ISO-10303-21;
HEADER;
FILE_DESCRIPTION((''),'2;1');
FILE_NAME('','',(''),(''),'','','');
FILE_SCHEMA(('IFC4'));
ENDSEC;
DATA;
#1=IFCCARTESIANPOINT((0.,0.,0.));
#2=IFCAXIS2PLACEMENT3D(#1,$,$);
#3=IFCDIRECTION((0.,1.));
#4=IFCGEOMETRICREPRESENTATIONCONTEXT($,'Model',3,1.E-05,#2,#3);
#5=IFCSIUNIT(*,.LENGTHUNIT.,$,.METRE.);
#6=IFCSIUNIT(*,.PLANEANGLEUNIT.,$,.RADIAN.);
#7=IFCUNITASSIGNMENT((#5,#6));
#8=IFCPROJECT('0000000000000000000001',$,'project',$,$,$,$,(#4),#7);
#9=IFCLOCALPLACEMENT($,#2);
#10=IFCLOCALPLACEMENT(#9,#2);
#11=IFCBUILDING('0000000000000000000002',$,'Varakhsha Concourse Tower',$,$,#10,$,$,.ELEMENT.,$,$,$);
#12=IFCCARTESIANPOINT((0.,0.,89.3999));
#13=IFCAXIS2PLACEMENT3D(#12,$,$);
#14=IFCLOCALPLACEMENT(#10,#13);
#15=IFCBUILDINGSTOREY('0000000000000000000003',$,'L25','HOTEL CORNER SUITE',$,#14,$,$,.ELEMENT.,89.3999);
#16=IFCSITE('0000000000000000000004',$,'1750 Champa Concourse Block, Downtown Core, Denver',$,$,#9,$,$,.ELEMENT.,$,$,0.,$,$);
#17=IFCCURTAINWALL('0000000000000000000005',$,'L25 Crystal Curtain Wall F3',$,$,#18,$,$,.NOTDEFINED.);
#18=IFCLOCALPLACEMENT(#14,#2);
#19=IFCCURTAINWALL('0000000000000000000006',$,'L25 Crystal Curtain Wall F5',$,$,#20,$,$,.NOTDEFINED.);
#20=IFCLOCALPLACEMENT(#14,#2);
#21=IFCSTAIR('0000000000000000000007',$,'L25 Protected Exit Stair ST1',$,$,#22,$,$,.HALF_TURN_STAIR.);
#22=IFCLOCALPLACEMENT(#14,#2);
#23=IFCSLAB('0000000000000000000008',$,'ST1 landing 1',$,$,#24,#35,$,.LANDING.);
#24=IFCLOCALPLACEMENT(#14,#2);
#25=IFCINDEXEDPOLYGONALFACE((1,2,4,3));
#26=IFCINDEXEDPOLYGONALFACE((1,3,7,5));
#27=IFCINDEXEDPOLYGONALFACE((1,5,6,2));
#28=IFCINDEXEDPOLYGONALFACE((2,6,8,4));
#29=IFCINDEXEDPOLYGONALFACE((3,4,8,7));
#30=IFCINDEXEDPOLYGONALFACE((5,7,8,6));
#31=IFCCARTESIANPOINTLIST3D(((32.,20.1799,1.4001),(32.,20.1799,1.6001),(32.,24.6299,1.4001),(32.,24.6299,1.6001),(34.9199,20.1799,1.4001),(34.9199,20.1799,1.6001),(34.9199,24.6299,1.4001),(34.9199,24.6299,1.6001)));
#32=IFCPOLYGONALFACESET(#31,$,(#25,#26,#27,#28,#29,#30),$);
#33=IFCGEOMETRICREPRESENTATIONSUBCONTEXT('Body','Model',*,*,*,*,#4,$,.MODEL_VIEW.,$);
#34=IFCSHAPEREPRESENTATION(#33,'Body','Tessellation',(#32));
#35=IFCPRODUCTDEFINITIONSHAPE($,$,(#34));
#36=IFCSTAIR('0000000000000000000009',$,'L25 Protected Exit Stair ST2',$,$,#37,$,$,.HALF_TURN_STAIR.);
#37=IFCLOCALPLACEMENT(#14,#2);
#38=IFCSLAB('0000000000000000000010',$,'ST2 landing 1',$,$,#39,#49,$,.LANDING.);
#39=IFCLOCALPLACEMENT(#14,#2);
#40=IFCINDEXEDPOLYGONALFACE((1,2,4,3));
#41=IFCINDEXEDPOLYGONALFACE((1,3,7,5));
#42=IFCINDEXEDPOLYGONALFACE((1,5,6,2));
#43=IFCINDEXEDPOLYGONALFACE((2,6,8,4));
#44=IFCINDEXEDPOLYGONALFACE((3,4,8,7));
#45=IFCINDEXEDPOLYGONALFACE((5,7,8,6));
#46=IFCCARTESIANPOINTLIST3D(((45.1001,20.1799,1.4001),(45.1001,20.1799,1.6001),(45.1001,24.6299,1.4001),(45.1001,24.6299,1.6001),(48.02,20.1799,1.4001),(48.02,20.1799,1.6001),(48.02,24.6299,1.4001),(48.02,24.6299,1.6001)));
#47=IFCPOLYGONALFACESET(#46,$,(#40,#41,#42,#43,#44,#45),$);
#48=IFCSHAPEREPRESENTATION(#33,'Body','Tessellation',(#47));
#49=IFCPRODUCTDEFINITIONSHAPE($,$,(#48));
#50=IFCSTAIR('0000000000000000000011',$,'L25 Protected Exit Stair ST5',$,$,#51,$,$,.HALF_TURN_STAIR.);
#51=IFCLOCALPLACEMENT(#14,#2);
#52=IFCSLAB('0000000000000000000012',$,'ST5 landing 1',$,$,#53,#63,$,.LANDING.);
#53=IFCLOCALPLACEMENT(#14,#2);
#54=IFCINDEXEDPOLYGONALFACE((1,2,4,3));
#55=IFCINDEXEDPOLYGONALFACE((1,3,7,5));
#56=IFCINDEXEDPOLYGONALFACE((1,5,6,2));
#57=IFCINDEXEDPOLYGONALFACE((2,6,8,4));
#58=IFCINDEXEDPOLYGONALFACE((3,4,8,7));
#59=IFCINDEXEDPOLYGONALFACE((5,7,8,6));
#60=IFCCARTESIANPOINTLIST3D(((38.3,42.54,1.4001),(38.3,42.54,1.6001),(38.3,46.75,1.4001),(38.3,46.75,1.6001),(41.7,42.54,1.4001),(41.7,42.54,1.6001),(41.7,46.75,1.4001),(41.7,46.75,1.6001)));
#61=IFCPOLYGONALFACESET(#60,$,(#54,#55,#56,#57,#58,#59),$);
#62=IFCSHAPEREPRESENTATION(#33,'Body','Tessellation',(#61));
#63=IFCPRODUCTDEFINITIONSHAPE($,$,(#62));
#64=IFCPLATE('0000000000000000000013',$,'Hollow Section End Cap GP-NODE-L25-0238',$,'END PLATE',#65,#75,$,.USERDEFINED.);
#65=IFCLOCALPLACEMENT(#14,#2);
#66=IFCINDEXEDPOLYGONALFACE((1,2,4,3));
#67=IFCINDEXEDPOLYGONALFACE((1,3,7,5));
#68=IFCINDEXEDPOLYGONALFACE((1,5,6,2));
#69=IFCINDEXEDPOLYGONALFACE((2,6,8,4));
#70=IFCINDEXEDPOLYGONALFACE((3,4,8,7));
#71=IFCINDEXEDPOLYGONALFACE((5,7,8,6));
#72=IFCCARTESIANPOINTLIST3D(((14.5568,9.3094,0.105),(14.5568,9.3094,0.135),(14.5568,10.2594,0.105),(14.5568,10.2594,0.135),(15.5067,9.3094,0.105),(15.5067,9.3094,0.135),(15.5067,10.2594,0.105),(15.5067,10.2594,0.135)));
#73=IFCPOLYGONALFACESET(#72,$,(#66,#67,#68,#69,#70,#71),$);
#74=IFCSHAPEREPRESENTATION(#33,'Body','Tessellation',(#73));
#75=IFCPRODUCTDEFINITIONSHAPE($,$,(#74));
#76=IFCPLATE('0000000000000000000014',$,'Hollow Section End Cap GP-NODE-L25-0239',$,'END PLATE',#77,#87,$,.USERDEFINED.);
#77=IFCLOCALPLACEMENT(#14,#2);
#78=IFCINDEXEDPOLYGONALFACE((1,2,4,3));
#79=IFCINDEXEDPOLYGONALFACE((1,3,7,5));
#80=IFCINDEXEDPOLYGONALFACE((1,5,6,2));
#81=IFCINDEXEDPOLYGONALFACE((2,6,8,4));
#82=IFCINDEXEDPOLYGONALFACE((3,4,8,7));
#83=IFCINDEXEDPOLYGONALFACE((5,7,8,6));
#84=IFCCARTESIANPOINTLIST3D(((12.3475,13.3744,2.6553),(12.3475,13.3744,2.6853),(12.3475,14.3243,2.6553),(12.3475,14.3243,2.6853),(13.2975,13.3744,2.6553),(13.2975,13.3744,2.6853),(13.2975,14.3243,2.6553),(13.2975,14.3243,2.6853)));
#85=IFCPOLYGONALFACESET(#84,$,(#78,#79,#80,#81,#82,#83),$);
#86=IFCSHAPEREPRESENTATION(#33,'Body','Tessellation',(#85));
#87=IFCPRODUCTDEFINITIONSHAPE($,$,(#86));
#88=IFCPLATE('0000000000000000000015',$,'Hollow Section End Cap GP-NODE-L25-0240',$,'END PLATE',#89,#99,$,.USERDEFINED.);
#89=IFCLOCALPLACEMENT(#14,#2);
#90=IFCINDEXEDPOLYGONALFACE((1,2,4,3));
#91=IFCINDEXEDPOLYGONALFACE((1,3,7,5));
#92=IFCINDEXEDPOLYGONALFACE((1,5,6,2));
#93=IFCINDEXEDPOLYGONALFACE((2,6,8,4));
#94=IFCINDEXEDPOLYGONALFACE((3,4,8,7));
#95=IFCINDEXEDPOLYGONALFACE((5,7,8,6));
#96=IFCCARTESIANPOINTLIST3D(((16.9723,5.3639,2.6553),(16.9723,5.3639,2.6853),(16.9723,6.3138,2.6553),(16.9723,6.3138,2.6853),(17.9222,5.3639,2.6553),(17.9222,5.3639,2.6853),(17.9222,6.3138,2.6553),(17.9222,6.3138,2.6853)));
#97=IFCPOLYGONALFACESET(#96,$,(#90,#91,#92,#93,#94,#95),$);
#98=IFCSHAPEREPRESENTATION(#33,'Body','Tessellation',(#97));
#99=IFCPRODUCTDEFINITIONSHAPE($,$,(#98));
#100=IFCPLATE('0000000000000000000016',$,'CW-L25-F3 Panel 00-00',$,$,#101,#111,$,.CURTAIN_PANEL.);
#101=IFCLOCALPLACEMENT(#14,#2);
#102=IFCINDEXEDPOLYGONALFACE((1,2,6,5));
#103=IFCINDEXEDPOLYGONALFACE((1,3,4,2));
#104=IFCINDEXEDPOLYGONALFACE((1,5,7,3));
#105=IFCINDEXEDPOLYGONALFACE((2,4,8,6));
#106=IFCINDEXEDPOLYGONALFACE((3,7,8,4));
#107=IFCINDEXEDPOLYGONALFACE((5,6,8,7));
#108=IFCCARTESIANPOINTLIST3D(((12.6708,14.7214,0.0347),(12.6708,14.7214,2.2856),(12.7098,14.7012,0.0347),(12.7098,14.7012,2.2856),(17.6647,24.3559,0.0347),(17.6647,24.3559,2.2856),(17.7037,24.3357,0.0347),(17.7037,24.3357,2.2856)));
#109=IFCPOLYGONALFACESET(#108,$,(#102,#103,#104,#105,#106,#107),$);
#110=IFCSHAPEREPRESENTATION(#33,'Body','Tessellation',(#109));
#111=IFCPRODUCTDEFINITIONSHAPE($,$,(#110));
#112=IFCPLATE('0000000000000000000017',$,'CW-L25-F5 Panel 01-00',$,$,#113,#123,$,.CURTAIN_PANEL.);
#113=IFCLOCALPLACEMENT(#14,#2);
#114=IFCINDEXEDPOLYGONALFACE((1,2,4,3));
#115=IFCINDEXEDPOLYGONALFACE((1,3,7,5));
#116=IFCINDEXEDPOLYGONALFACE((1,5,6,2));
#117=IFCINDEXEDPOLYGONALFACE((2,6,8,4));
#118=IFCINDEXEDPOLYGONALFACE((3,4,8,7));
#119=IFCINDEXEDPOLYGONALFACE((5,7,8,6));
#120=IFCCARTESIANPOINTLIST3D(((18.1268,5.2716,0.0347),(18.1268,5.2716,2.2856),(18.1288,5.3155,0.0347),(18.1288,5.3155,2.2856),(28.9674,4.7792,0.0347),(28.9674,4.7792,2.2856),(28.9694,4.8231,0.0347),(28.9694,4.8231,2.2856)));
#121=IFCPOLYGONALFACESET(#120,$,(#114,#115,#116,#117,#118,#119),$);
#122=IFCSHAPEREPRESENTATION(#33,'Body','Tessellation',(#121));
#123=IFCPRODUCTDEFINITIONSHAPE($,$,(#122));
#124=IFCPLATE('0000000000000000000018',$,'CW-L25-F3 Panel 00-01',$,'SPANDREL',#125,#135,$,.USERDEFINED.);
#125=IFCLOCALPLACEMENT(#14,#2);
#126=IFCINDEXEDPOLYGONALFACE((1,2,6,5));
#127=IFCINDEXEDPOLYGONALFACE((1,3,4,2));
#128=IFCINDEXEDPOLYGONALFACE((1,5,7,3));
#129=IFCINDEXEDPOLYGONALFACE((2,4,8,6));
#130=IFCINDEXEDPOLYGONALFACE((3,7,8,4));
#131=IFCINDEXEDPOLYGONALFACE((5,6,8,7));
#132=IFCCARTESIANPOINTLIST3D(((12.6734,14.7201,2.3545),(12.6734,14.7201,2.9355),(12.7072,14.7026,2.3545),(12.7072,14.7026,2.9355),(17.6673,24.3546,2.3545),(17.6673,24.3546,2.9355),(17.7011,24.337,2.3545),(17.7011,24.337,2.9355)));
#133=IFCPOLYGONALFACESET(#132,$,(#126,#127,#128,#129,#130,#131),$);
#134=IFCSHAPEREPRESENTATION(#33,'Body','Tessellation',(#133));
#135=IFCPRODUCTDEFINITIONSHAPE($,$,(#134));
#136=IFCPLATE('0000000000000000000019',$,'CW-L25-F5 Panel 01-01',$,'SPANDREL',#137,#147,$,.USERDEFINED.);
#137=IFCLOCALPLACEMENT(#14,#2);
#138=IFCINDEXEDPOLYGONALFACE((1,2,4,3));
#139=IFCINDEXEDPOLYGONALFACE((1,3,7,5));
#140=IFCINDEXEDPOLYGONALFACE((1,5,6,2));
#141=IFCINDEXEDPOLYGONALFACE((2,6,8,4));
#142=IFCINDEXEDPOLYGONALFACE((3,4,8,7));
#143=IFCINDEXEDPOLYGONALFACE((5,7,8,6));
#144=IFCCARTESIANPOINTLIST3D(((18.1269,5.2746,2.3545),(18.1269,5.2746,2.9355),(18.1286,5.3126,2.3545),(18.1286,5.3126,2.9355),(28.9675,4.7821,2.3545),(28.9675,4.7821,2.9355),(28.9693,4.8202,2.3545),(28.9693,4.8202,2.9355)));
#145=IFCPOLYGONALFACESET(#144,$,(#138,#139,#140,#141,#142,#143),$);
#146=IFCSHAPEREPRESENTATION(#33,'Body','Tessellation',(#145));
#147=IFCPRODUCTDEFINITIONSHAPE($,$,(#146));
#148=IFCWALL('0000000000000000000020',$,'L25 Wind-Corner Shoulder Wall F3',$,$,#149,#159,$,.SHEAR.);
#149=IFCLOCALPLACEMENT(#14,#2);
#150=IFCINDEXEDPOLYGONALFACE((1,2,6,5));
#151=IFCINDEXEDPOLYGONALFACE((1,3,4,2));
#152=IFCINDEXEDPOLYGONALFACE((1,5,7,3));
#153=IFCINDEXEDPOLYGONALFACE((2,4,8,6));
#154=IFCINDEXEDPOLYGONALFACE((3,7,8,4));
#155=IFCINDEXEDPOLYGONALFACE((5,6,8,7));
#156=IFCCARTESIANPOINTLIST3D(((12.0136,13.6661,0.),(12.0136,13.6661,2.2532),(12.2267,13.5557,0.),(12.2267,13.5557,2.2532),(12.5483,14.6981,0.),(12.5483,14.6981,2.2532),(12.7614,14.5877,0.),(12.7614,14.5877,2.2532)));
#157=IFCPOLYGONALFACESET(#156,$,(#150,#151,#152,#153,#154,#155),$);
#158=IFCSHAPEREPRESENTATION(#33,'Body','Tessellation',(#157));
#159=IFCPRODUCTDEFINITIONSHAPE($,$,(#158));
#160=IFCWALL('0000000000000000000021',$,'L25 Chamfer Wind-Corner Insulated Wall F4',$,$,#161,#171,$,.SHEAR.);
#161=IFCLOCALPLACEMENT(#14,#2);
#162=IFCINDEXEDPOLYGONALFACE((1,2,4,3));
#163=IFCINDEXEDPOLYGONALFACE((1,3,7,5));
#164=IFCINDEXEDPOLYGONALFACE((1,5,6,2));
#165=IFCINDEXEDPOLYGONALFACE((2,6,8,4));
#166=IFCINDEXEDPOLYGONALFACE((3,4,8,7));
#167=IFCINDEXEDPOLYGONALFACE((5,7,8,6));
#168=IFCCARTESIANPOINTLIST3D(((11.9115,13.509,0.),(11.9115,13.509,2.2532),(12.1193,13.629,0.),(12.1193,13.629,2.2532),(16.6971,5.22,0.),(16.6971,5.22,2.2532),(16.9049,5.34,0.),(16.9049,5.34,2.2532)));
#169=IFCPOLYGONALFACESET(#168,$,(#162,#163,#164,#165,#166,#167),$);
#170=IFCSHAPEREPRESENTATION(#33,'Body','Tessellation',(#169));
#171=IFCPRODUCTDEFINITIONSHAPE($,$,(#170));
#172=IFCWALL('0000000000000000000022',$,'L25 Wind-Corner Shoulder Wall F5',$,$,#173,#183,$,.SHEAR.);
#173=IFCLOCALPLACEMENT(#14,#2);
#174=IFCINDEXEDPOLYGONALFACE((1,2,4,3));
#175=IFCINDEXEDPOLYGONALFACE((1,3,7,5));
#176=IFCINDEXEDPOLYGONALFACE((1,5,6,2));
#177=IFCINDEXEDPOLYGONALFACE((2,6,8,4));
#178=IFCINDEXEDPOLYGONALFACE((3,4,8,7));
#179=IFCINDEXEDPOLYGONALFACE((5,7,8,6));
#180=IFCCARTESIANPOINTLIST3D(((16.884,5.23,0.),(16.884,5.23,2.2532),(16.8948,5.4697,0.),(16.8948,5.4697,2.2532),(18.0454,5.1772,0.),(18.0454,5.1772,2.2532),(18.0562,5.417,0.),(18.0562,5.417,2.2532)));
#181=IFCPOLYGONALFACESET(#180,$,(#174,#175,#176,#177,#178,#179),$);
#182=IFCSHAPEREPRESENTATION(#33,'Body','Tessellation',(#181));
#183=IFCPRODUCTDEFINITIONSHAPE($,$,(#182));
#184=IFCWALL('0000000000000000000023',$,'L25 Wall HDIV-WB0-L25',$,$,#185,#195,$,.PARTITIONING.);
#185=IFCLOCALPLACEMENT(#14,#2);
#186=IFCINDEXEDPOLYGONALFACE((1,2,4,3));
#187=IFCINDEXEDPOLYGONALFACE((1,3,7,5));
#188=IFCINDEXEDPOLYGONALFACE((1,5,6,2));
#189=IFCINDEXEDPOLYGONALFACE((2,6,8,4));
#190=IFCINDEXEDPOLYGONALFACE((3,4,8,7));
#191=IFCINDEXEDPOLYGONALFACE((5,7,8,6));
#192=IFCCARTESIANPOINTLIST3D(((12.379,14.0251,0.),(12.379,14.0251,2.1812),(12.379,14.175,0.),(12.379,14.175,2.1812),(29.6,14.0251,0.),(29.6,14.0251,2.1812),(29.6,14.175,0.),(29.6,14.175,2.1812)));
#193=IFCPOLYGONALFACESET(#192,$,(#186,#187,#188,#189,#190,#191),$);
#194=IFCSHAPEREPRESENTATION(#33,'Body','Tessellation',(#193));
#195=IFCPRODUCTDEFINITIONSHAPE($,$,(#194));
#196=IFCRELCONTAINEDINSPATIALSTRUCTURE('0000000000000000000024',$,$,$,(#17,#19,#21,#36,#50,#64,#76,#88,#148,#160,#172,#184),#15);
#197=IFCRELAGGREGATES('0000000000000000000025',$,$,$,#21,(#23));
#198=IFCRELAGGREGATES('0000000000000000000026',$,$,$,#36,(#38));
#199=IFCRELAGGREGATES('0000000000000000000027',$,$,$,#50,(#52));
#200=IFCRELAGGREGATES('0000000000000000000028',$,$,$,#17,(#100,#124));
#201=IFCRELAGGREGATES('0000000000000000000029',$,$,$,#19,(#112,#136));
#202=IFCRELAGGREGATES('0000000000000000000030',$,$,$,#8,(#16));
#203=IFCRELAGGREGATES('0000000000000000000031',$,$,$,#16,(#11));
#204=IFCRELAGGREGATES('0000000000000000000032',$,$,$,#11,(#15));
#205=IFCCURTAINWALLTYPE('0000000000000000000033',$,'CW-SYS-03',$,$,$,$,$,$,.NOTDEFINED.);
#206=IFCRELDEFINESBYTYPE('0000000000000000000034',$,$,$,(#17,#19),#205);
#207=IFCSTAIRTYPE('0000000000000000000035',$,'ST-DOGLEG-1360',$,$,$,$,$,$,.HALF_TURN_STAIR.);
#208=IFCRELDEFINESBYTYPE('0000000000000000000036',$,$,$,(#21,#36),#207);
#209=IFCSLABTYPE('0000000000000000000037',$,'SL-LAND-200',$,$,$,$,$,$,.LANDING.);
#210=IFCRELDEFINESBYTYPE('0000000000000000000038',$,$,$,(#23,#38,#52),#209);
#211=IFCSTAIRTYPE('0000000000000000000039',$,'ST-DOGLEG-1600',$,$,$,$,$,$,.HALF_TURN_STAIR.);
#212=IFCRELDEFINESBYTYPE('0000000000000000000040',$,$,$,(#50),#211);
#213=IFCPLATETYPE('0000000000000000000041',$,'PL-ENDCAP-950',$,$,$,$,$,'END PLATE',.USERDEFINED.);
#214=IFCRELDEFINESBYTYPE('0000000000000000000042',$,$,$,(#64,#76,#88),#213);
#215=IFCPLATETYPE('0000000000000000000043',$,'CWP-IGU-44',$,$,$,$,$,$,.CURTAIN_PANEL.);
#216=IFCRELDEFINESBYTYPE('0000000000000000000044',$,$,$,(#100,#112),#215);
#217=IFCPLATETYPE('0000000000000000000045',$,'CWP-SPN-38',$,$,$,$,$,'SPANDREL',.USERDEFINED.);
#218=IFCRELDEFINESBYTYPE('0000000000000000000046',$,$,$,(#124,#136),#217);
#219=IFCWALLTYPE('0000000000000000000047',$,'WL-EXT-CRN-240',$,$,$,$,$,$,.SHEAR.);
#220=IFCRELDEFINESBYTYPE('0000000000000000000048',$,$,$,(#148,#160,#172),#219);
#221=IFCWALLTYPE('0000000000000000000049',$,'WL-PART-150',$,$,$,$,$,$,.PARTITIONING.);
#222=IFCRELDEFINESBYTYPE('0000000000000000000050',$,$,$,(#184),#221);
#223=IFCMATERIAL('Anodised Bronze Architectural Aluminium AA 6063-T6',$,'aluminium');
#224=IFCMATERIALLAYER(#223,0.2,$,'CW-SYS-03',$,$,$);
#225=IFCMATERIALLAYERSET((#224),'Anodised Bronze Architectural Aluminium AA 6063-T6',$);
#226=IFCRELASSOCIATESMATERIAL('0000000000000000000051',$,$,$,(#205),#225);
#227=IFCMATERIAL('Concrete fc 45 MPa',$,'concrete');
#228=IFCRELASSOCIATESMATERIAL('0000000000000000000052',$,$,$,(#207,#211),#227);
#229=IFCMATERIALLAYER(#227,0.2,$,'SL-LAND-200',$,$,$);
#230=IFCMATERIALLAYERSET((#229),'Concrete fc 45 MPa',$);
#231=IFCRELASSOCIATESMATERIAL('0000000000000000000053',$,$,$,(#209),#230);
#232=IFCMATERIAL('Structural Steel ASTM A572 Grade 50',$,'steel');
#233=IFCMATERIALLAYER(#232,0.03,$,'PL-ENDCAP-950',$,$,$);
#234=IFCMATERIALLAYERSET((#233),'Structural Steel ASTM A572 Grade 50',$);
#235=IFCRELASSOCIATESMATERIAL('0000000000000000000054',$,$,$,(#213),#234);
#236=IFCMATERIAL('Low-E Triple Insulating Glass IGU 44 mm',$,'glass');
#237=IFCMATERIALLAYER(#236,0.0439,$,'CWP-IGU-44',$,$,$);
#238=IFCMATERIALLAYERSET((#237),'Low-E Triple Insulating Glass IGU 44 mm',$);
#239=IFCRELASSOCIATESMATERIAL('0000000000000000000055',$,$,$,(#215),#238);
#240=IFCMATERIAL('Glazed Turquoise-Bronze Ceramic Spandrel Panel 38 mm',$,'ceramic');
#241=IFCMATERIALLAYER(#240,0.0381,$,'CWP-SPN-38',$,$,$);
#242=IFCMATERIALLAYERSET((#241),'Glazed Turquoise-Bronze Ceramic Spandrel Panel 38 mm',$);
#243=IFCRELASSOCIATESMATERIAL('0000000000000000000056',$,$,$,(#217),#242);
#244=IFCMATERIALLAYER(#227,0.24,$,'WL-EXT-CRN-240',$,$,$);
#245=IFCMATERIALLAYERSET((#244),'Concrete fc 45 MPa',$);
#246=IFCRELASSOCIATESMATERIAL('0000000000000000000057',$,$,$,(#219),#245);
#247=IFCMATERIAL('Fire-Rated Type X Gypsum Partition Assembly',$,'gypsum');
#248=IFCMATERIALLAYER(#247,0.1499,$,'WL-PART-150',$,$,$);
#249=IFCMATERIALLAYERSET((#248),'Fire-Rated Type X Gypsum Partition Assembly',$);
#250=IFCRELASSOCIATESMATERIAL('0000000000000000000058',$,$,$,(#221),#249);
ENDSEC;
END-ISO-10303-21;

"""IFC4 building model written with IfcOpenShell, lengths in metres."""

from ifc_helpers import new_model, si_unit, direction, frame, frame_2d, origin, origin_2d, place, context, subcontext, project, spatial, polyline, rectangle, outline, extrude, source, transform, mapped, material, layer, layer_set, type_object, type_shapes, element, aggregate, save


model = new_model("IFC4")

# Units and contexts
model_context = context("Model", 3, precision=1e-05, world=origin(), true_north=direction((0.0, 1.0)))
body_context = subcontext(model_context, "Body", "Model", "MODEL_VIEW")
ifc_project = project(units=[si_unit("LENGTHUNIT", "METRE"), si_unit("PLANEANGLEUNIT", "RADIAN")], contexts=[model_context])

# Site, building, storey
site_placement = place(None, origin())
site = spatial("IfcSite", under=ifc_project, at=site_placement, Name="1750 Champa Concourse Block, Downtown Core, Denver", CompositionType="ELEMENT", RefElevation=0.0)
building_placement = place(site_placement, origin())
building = spatial("IfcBuilding", under=site, at=building_placement, Name="Varakhsha Concourse Tower", CompositionType="ELEMENT")
storey_placement = place(building_placement, frame((0.0, 0.0, 89.3999)))
storey = spatial("IfcBuildingStorey", under=building, at=storey_placement, Name="L25", Description="HOTEL CORNER SUITE", CompositionType="ELEMENT", Elevation=89.3999)

# Shared definitions
ifc_material_1 = material(Name="Structural Steel ASTM A572 Grade 50", Category="steel")

# Curtain walls
ifc_material_2 = material(Name="Anodised Bronze Architectural Aluminium AA 6063-T6", Category="aluminium")
ifc_layer_1 = layer(ifc_material_2, 0.2, Name="CW-SYS-03")
ifc_layer_set_1 = layer_set([ifc_layer_1], Name="Anodised Bronze Architectural Aluminium AA 6063-T6")
curtain_wall_type = type_object("IfcCurtainWallType", Name="CW-SYS-03", PredefinedType="NOTDEFINED", material=ifc_layer_set_1)
curtain_wall_1_placement = place(storey_placement, origin())
curtain_wall_1 = element("IfcCurtainWall", 1, at=curtain_wall_1_placement, inside=storey, type_object=curtain_wall_type, Name="L25 Crystal Curtain Wall F3", PredefinedType="NOTDEFINED")
curtain_wall_2_placement = place(storey_placement, origin())
curtain_wall_2 = element("IfcCurtainWall", 2, at=curtain_wall_2_placement, inside=storey, type_object=curtain_wall_type, Name="L25 Crystal Curtain Wall F5", PredefinedType="NOTDEFINED")

# Shared definitions
ifc_material_3 = material(Name="Concrete fc 45 MPa", Category="concrete")

# Stairs, slabs
stair_type_1 = type_object("IfcStairType", Name="ST-DOGLEG-1360", PredefinedType="HALF_TURN_STAIR", material=ifc_material_3)
stair_1_placement = place(storey_placement, origin())
stair_1 = element("IfcStair", 3, at=stair_1_placement, inside=storey, type_object=stair_type_1, Name="L25 Protected Exit Stair ST1", PredefinedType="HALF_TURN_STAIR")
ifc_layer_2 = layer(ifc_material_3, 0.2, Name="SL-LAND-200")
ifc_layer_set_2 = layer_set([ifc_layer_2], Name="Concrete fc 45 MPa")
slab_type_1 = type_object("IfcSlabType", Name="SL-LAND-200", PredefinedType="LANDING", material=ifc_layer_set_2)
slab_1_placement = place(storey_placement, frame((0.0, 0.0, 1.4001)))
slab_1 = element("IfcSlab", 4, at=slab_1_placement, type_object=slab_type_1, Name="ST1 landing 1", PredefinedType="LANDING", context=body_context, shape_type="SweptSolid", body=[
    extrude(outline(polyline([(34.9199, 20.1799), (34.9199, 24.6299), (32.0, 24.6299), (32.0, 20.1799), (34.9199, 20.1799)])), origin(), (0.0, 0.0, 1.0), 0.2),
])
aggregate(stair_1, [slab_1])
stair_2_placement = place(storey_placement, origin())
stair_2 = element("IfcStair", 5, at=stair_2_placement, inside=storey, type_object=stair_type_1, Name="L25 Protected Exit Stair ST2", PredefinedType="HALF_TURN_STAIR")
slab_2_placement = place(storey_placement, frame((0.0, 0.0, 1.4001)))
slab_2 = element("IfcSlab", 6, at=slab_2_placement, type_object=slab_type_1, Name="ST2 landing 1", PredefinedType="LANDING", context=body_context, shape_type="SweptSolid", body=[
    extrude(outline(polyline([(48.02, 20.1799), (48.02, 24.6299), (45.1001, 24.6299), (45.1001, 20.1799), (48.02, 20.1799)])), origin(), (0.0, 0.0, 1.0), 0.2),
])
aggregate(stair_2, [slab_2])
stair_type_2 = type_object("IfcStairType", Name="ST-DOGLEG-1600", PredefinedType="HALF_TURN_STAIR", material=ifc_material_3)
stair_3_placement = place(storey_placement, origin())
stair_3 = element("IfcStair", 7, at=stair_3_placement, inside=storey, type_object=stair_type_2, Name="L25 Protected Exit Stair ST5", PredefinedType="HALF_TURN_STAIR")
slab_3_placement = place(storey_placement, frame((0.0, 0.0, 1.4001)))
slab_3 = element("IfcSlab", 8, at=slab_3_placement, type_object=slab_type_1, Name="ST5 landing 1", PredefinedType="LANDING", context=body_context, shape_type="SweptSolid", body=[
    extrude(outline(polyline([(41.7, 42.54), (41.7, 46.75), (38.3, 46.75), (38.3, 42.54), (41.7, 42.54)])), origin(), (0.0, 0.0, 1.0), 0.2),
])
aggregate(stair_3, [slab_3])

# Plates
ifc_layer_3 = layer(ifc_material_1, 0.03, Name="PL-ENDCAP-950")
ifc_layer_set_3 = layer_set([ifc_layer_3], Name="Structural Steel ASTM A572 Grade 50")
plate_type_1 = type_object("IfcPlateType", Name="PL-ENDCAP-950", ElementType="END PLATE", PredefinedType="USERDEFINED", material=ifc_layer_set_3)
shared_shape_1 = source(origin(), body_context, "Body", "SweptSolid", [
    extrude(rectangle(XDim=0.95, YDim=0.95, at=origin_2d()), origin(), (0.0, 0.0, 1.0), 0.03),
])
type_shapes(plate_type_1, [shared_shape_1])
for number, where, z_axis, x_axis, name in (
    (9, (15.0317, 9.7844, 0.105), (0.0, 0.0, 1.0), (1.0, 0.0, 0.0), "Hollow Section End Cap GP-NODE-L25-0238"),
    (10, (12.8225, 13.8494, 2.6553), (0.0, 0.0, 1.0), (1.0, 0.0, 0.0), "Hollow Section End Cap GP-NODE-L25-0239"),
    (11, (17.4473, 5.8389, 2.6553), (0.0, 0.0, 1.0), (1.0, 0.0, 0.0), "Hollow Section End Cap GP-NODE-L25-0240"),
):
    element("IfcPlate", number, at=place(storey_placement, frame(where, z_axis=z_axis, x_axis=x_axis)), inside=storey, type_object=plate_type_1, Name=name, ObjectType="END PLATE", PredefinedType="USERDEFINED", context=body_context, shape_type="MappedRepresentation", body=[
        mapped(shared_shape_1, transform((0.0, 0.0, 0.0), scale=1.0)),
    ])

# Plates
ifc_material_4 = material(Name="Low-E Triple Insulating Glass IGU 44 mm", Category="glass")
ifc_layer_4 = layer(ifc_material_4, 0.0439, Name="CWP-IGU-44")
ifc_layer_set_4 = layer_set([ifc_layer_4], Name="Low-E Triple Insulating Glass IGU 44 mm")
plate_type_2 = type_object("IfcPlateType", Name="CWP-IGU-44", PredefinedType="CURTAIN_PANEL", material=ifc_layer_set_4)
shared_shape_2 = source(origin(), body_context, "Body", "SweptSolid", [
    extrude(rectangle(XDim=10.8518, YDim=0.0439, at=origin_2d()), origin(), (0.0, 0.0, 1.0), 2.251),
])
type_shapes(plate_type_2, [shared_shape_2])
plate_1_placement = place(storey_placement, frame((15.1873, 19.5286, 0.0347), z_axis=(0.0, 0.0, 1.0), x_axis=(0.460186, 0.887823, 0.0)))
plate_1 = element("IfcPlate", 12, at=plate_1_placement, type_object=plate_type_2, Name="CW-L25-F3 Panel 00-00", PredefinedType="CURTAIN_PANEL", context=body_context, shape_type="MappedRepresentation", body=[
    mapped(shared_shape_2, transform((0.0, 0.0, 0.0), scale=1.0)),
])
plate_2_placement = place(storey_placement, frame((23.5481, 5.0474, 0.0347), z_axis=(0.0, 0.0, 1.0), x_axis=(-0.99897, 0.04538, 0.0)))
plate_2 = element("IfcPlate", 13, at=plate_2_placement, type_object=plate_type_2, Name="CW-L25-F5 Panel 01-00", PredefinedType="CURTAIN_PANEL", context=body_context, shape_type="MappedRepresentation", body=[
    mapped(shared_shape_2, transform((0.0, 0.0, 0.0), scale=1.0)),
])
ifc_material_5 = material(Name="Glazed Turquoise-Bronze Ceramic Spandrel Panel 38 mm", Category="ceramic")
ifc_layer_5 = layer(ifc_material_5, 0.0381, Name="CWP-SPN-38")
ifc_layer_set_5 = layer_set([ifc_layer_5], Name="Glazed Turquoise-Bronze Ceramic Spandrel Panel 38 mm")
plate_type_3 = type_object("IfcPlateType", Name="CWP-SPN-38", ElementType="SPANDREL", PredefinedType="USERDEFINED", material=ifc_layer_set_5)
shared_shape_3 = source(origin(), body_context, "Body", "SweptSolid", [
    extrude(rectangle(XDim=10.8518, YDim=0.0381, at=origin_2d()), origin(), (0.0, 0.0, 1.0), 0.5811),
])
type_shapes(plate_type_3, [shared_shape_3])
plate_3_placement = place(storey_placement, frame((15.1873, 19.5286, 2.3545), z_axis=(0.0, 0.0, 1.0), x_axis=(0.460186, 0.887823, 0.0)))
plate_3 = element("IfcPlate", 14, at=plate_3_placement, type_object=plate_type_3, Name="CW-L25-F3 Panel 00-01", ObjectType="SPANDREL", PredefinedType="USERDEFINED", context=body_context, shape_type="MappedRepresentation", body=[
    mapped(shared_shape_3, transform((0.0, 0.0, 0.0), scale=1.0)),
])
aggregate(curtain_wall_1, [plate_1, plate_3])
plate_4_placement = place(storey_placement, frame((23.5481, 5.0474, 2.3545), z_axis=(0.0, 0.0, 1.0), x_axis=(-0.99897, 0.04538, 0.0)))
plate_4 = element("IfcPlate", 15, at=plate_4_placement, type_object=plate_type_3, Name="CW-L25-F5 Panel 01-01", ObjectType="SPANDREL", PredefinedType="USERDEFINED", context=body_context, shape_type="MappedRepresentation", body=[
    mapped(shared_shape_3, transform((0.0, 0.0, 0.0), scale=1.0)),
])
aggregate(curtain_wall_2, [plate_2, plate_4])

# Walls
ifc_layer_6 = layer(ifc_material_3, 0.24, Name="WL-EXT-CRN-240")
ifc_layer_set_6 = layer_set([ifc_layer_6], Name="Concrete fc 45 MPa")
wall_type_1 = type_object("IfcWallType", Name="WL-EXT-CRN-240", PredefinedType="SHEAR", material=ifc_layer_set_6)
wall_1_placement = place(storey_placement, frame((12.6548, 14.6428, 0.0), z_axis=(0.0, 0.0, 1.0), x_axis=(-0.460023, -0.887907, 0.0)))
element("IfcWall", 16, at=wall_1_placement, inside=storey, type_object=wall_type_1, Name="L25 Wind-Corner Shoulder Wall F3", PredefinedType="SHEAR", context=body_context, shape_type="SweptSolid", body=[
    extrude(rectangle(XDim=1.1624, YDim=0.24, at=frame_2d((0.5811, 0.0))), origin(), (0.0, 0.0, 1.0), 2.2532),
])
wall_2_placement = place(storey_placement, frame((16.801, 5.28, 0.0), z_axis=(0.0, 0.0, 1.0), x_axis=(-0.499996, 0.866028, 0.0)))
element("IfcWall", 17, at=wall_2_placement, inside=storey, type_object=wall_type_1, Name="L25 Chamfer Wind-Corner Insulated Wall F4", PredefinedType="SHEAR", context=body_context, shape_type="SweptSolid", body=[
    extrude(rectangle(XDim=9.5713, YDim=0.24, at=frame_2d((4.7856, 0.0))), origin(), (0.0, 0.0, 1.0), 2.2532),
])
wall_3_placement = place(storey_placement, frame((16.8894, 5.3499, 0.0), z_axis=(0.0, 0.0, 1.0), x_axis=(0.998971, -0.04536, 0.0)))
element("IfcWall", 18, at=wall_3_placement, inside=storey, type_object=wall_type_1, Name="L25 Wind-Corner Shoulder Wall F5", PredefinedType="SHEAR", context=body_context, shape_type="SweptSolid", body=[
    extrude(rectangle(XDim=1.1626, YDim=0.24, at=frame_2d((0.5813, 0.0))), origin(), (0.0, 0.0, 1.0), 2.2532),
])
ifc_material_6 = material(Name="Fire-Rated Type X Gypsum Partition Assembly", Category="gypsum")
ifc_layer_7 = layer(ifc_material_6, 0.1499, Name="WL-PART-150")
ifc_layer_set_7 = layer_set([ifc_layer_7], Name="Fire-Rated Type X Gypsum Partition Assembly")
wall_type_2 = type_object("IfcWallType", Name="WL-PART-150", PredefinedType="PARTITIONING", material=ifc_layer_set_7)
wall_4_placement = place(storey_placement, frame((12.3792, 14.1001, 0.0), z_axis=(0.0, 0.0, 1.0), x_axis=(1.0, 0.0, 0.0)))
element("IfcWall", 19, at=wall_4_placement, inside=storey, type_object=wall_type_2, Name="L25 Wall HDIV-WB0-L25", PredefinedType="PARTITIONING", context=body_context, shape_type="SweptSolid", body=[
    extrude(rectangle(XDim=17.2209, YDim=0.1499, at=frame_2d((8.6104, 0.0))), origin(), (0.0, 0.0, 1.0), 2.1812),
])

save(model, "model.ifc")
